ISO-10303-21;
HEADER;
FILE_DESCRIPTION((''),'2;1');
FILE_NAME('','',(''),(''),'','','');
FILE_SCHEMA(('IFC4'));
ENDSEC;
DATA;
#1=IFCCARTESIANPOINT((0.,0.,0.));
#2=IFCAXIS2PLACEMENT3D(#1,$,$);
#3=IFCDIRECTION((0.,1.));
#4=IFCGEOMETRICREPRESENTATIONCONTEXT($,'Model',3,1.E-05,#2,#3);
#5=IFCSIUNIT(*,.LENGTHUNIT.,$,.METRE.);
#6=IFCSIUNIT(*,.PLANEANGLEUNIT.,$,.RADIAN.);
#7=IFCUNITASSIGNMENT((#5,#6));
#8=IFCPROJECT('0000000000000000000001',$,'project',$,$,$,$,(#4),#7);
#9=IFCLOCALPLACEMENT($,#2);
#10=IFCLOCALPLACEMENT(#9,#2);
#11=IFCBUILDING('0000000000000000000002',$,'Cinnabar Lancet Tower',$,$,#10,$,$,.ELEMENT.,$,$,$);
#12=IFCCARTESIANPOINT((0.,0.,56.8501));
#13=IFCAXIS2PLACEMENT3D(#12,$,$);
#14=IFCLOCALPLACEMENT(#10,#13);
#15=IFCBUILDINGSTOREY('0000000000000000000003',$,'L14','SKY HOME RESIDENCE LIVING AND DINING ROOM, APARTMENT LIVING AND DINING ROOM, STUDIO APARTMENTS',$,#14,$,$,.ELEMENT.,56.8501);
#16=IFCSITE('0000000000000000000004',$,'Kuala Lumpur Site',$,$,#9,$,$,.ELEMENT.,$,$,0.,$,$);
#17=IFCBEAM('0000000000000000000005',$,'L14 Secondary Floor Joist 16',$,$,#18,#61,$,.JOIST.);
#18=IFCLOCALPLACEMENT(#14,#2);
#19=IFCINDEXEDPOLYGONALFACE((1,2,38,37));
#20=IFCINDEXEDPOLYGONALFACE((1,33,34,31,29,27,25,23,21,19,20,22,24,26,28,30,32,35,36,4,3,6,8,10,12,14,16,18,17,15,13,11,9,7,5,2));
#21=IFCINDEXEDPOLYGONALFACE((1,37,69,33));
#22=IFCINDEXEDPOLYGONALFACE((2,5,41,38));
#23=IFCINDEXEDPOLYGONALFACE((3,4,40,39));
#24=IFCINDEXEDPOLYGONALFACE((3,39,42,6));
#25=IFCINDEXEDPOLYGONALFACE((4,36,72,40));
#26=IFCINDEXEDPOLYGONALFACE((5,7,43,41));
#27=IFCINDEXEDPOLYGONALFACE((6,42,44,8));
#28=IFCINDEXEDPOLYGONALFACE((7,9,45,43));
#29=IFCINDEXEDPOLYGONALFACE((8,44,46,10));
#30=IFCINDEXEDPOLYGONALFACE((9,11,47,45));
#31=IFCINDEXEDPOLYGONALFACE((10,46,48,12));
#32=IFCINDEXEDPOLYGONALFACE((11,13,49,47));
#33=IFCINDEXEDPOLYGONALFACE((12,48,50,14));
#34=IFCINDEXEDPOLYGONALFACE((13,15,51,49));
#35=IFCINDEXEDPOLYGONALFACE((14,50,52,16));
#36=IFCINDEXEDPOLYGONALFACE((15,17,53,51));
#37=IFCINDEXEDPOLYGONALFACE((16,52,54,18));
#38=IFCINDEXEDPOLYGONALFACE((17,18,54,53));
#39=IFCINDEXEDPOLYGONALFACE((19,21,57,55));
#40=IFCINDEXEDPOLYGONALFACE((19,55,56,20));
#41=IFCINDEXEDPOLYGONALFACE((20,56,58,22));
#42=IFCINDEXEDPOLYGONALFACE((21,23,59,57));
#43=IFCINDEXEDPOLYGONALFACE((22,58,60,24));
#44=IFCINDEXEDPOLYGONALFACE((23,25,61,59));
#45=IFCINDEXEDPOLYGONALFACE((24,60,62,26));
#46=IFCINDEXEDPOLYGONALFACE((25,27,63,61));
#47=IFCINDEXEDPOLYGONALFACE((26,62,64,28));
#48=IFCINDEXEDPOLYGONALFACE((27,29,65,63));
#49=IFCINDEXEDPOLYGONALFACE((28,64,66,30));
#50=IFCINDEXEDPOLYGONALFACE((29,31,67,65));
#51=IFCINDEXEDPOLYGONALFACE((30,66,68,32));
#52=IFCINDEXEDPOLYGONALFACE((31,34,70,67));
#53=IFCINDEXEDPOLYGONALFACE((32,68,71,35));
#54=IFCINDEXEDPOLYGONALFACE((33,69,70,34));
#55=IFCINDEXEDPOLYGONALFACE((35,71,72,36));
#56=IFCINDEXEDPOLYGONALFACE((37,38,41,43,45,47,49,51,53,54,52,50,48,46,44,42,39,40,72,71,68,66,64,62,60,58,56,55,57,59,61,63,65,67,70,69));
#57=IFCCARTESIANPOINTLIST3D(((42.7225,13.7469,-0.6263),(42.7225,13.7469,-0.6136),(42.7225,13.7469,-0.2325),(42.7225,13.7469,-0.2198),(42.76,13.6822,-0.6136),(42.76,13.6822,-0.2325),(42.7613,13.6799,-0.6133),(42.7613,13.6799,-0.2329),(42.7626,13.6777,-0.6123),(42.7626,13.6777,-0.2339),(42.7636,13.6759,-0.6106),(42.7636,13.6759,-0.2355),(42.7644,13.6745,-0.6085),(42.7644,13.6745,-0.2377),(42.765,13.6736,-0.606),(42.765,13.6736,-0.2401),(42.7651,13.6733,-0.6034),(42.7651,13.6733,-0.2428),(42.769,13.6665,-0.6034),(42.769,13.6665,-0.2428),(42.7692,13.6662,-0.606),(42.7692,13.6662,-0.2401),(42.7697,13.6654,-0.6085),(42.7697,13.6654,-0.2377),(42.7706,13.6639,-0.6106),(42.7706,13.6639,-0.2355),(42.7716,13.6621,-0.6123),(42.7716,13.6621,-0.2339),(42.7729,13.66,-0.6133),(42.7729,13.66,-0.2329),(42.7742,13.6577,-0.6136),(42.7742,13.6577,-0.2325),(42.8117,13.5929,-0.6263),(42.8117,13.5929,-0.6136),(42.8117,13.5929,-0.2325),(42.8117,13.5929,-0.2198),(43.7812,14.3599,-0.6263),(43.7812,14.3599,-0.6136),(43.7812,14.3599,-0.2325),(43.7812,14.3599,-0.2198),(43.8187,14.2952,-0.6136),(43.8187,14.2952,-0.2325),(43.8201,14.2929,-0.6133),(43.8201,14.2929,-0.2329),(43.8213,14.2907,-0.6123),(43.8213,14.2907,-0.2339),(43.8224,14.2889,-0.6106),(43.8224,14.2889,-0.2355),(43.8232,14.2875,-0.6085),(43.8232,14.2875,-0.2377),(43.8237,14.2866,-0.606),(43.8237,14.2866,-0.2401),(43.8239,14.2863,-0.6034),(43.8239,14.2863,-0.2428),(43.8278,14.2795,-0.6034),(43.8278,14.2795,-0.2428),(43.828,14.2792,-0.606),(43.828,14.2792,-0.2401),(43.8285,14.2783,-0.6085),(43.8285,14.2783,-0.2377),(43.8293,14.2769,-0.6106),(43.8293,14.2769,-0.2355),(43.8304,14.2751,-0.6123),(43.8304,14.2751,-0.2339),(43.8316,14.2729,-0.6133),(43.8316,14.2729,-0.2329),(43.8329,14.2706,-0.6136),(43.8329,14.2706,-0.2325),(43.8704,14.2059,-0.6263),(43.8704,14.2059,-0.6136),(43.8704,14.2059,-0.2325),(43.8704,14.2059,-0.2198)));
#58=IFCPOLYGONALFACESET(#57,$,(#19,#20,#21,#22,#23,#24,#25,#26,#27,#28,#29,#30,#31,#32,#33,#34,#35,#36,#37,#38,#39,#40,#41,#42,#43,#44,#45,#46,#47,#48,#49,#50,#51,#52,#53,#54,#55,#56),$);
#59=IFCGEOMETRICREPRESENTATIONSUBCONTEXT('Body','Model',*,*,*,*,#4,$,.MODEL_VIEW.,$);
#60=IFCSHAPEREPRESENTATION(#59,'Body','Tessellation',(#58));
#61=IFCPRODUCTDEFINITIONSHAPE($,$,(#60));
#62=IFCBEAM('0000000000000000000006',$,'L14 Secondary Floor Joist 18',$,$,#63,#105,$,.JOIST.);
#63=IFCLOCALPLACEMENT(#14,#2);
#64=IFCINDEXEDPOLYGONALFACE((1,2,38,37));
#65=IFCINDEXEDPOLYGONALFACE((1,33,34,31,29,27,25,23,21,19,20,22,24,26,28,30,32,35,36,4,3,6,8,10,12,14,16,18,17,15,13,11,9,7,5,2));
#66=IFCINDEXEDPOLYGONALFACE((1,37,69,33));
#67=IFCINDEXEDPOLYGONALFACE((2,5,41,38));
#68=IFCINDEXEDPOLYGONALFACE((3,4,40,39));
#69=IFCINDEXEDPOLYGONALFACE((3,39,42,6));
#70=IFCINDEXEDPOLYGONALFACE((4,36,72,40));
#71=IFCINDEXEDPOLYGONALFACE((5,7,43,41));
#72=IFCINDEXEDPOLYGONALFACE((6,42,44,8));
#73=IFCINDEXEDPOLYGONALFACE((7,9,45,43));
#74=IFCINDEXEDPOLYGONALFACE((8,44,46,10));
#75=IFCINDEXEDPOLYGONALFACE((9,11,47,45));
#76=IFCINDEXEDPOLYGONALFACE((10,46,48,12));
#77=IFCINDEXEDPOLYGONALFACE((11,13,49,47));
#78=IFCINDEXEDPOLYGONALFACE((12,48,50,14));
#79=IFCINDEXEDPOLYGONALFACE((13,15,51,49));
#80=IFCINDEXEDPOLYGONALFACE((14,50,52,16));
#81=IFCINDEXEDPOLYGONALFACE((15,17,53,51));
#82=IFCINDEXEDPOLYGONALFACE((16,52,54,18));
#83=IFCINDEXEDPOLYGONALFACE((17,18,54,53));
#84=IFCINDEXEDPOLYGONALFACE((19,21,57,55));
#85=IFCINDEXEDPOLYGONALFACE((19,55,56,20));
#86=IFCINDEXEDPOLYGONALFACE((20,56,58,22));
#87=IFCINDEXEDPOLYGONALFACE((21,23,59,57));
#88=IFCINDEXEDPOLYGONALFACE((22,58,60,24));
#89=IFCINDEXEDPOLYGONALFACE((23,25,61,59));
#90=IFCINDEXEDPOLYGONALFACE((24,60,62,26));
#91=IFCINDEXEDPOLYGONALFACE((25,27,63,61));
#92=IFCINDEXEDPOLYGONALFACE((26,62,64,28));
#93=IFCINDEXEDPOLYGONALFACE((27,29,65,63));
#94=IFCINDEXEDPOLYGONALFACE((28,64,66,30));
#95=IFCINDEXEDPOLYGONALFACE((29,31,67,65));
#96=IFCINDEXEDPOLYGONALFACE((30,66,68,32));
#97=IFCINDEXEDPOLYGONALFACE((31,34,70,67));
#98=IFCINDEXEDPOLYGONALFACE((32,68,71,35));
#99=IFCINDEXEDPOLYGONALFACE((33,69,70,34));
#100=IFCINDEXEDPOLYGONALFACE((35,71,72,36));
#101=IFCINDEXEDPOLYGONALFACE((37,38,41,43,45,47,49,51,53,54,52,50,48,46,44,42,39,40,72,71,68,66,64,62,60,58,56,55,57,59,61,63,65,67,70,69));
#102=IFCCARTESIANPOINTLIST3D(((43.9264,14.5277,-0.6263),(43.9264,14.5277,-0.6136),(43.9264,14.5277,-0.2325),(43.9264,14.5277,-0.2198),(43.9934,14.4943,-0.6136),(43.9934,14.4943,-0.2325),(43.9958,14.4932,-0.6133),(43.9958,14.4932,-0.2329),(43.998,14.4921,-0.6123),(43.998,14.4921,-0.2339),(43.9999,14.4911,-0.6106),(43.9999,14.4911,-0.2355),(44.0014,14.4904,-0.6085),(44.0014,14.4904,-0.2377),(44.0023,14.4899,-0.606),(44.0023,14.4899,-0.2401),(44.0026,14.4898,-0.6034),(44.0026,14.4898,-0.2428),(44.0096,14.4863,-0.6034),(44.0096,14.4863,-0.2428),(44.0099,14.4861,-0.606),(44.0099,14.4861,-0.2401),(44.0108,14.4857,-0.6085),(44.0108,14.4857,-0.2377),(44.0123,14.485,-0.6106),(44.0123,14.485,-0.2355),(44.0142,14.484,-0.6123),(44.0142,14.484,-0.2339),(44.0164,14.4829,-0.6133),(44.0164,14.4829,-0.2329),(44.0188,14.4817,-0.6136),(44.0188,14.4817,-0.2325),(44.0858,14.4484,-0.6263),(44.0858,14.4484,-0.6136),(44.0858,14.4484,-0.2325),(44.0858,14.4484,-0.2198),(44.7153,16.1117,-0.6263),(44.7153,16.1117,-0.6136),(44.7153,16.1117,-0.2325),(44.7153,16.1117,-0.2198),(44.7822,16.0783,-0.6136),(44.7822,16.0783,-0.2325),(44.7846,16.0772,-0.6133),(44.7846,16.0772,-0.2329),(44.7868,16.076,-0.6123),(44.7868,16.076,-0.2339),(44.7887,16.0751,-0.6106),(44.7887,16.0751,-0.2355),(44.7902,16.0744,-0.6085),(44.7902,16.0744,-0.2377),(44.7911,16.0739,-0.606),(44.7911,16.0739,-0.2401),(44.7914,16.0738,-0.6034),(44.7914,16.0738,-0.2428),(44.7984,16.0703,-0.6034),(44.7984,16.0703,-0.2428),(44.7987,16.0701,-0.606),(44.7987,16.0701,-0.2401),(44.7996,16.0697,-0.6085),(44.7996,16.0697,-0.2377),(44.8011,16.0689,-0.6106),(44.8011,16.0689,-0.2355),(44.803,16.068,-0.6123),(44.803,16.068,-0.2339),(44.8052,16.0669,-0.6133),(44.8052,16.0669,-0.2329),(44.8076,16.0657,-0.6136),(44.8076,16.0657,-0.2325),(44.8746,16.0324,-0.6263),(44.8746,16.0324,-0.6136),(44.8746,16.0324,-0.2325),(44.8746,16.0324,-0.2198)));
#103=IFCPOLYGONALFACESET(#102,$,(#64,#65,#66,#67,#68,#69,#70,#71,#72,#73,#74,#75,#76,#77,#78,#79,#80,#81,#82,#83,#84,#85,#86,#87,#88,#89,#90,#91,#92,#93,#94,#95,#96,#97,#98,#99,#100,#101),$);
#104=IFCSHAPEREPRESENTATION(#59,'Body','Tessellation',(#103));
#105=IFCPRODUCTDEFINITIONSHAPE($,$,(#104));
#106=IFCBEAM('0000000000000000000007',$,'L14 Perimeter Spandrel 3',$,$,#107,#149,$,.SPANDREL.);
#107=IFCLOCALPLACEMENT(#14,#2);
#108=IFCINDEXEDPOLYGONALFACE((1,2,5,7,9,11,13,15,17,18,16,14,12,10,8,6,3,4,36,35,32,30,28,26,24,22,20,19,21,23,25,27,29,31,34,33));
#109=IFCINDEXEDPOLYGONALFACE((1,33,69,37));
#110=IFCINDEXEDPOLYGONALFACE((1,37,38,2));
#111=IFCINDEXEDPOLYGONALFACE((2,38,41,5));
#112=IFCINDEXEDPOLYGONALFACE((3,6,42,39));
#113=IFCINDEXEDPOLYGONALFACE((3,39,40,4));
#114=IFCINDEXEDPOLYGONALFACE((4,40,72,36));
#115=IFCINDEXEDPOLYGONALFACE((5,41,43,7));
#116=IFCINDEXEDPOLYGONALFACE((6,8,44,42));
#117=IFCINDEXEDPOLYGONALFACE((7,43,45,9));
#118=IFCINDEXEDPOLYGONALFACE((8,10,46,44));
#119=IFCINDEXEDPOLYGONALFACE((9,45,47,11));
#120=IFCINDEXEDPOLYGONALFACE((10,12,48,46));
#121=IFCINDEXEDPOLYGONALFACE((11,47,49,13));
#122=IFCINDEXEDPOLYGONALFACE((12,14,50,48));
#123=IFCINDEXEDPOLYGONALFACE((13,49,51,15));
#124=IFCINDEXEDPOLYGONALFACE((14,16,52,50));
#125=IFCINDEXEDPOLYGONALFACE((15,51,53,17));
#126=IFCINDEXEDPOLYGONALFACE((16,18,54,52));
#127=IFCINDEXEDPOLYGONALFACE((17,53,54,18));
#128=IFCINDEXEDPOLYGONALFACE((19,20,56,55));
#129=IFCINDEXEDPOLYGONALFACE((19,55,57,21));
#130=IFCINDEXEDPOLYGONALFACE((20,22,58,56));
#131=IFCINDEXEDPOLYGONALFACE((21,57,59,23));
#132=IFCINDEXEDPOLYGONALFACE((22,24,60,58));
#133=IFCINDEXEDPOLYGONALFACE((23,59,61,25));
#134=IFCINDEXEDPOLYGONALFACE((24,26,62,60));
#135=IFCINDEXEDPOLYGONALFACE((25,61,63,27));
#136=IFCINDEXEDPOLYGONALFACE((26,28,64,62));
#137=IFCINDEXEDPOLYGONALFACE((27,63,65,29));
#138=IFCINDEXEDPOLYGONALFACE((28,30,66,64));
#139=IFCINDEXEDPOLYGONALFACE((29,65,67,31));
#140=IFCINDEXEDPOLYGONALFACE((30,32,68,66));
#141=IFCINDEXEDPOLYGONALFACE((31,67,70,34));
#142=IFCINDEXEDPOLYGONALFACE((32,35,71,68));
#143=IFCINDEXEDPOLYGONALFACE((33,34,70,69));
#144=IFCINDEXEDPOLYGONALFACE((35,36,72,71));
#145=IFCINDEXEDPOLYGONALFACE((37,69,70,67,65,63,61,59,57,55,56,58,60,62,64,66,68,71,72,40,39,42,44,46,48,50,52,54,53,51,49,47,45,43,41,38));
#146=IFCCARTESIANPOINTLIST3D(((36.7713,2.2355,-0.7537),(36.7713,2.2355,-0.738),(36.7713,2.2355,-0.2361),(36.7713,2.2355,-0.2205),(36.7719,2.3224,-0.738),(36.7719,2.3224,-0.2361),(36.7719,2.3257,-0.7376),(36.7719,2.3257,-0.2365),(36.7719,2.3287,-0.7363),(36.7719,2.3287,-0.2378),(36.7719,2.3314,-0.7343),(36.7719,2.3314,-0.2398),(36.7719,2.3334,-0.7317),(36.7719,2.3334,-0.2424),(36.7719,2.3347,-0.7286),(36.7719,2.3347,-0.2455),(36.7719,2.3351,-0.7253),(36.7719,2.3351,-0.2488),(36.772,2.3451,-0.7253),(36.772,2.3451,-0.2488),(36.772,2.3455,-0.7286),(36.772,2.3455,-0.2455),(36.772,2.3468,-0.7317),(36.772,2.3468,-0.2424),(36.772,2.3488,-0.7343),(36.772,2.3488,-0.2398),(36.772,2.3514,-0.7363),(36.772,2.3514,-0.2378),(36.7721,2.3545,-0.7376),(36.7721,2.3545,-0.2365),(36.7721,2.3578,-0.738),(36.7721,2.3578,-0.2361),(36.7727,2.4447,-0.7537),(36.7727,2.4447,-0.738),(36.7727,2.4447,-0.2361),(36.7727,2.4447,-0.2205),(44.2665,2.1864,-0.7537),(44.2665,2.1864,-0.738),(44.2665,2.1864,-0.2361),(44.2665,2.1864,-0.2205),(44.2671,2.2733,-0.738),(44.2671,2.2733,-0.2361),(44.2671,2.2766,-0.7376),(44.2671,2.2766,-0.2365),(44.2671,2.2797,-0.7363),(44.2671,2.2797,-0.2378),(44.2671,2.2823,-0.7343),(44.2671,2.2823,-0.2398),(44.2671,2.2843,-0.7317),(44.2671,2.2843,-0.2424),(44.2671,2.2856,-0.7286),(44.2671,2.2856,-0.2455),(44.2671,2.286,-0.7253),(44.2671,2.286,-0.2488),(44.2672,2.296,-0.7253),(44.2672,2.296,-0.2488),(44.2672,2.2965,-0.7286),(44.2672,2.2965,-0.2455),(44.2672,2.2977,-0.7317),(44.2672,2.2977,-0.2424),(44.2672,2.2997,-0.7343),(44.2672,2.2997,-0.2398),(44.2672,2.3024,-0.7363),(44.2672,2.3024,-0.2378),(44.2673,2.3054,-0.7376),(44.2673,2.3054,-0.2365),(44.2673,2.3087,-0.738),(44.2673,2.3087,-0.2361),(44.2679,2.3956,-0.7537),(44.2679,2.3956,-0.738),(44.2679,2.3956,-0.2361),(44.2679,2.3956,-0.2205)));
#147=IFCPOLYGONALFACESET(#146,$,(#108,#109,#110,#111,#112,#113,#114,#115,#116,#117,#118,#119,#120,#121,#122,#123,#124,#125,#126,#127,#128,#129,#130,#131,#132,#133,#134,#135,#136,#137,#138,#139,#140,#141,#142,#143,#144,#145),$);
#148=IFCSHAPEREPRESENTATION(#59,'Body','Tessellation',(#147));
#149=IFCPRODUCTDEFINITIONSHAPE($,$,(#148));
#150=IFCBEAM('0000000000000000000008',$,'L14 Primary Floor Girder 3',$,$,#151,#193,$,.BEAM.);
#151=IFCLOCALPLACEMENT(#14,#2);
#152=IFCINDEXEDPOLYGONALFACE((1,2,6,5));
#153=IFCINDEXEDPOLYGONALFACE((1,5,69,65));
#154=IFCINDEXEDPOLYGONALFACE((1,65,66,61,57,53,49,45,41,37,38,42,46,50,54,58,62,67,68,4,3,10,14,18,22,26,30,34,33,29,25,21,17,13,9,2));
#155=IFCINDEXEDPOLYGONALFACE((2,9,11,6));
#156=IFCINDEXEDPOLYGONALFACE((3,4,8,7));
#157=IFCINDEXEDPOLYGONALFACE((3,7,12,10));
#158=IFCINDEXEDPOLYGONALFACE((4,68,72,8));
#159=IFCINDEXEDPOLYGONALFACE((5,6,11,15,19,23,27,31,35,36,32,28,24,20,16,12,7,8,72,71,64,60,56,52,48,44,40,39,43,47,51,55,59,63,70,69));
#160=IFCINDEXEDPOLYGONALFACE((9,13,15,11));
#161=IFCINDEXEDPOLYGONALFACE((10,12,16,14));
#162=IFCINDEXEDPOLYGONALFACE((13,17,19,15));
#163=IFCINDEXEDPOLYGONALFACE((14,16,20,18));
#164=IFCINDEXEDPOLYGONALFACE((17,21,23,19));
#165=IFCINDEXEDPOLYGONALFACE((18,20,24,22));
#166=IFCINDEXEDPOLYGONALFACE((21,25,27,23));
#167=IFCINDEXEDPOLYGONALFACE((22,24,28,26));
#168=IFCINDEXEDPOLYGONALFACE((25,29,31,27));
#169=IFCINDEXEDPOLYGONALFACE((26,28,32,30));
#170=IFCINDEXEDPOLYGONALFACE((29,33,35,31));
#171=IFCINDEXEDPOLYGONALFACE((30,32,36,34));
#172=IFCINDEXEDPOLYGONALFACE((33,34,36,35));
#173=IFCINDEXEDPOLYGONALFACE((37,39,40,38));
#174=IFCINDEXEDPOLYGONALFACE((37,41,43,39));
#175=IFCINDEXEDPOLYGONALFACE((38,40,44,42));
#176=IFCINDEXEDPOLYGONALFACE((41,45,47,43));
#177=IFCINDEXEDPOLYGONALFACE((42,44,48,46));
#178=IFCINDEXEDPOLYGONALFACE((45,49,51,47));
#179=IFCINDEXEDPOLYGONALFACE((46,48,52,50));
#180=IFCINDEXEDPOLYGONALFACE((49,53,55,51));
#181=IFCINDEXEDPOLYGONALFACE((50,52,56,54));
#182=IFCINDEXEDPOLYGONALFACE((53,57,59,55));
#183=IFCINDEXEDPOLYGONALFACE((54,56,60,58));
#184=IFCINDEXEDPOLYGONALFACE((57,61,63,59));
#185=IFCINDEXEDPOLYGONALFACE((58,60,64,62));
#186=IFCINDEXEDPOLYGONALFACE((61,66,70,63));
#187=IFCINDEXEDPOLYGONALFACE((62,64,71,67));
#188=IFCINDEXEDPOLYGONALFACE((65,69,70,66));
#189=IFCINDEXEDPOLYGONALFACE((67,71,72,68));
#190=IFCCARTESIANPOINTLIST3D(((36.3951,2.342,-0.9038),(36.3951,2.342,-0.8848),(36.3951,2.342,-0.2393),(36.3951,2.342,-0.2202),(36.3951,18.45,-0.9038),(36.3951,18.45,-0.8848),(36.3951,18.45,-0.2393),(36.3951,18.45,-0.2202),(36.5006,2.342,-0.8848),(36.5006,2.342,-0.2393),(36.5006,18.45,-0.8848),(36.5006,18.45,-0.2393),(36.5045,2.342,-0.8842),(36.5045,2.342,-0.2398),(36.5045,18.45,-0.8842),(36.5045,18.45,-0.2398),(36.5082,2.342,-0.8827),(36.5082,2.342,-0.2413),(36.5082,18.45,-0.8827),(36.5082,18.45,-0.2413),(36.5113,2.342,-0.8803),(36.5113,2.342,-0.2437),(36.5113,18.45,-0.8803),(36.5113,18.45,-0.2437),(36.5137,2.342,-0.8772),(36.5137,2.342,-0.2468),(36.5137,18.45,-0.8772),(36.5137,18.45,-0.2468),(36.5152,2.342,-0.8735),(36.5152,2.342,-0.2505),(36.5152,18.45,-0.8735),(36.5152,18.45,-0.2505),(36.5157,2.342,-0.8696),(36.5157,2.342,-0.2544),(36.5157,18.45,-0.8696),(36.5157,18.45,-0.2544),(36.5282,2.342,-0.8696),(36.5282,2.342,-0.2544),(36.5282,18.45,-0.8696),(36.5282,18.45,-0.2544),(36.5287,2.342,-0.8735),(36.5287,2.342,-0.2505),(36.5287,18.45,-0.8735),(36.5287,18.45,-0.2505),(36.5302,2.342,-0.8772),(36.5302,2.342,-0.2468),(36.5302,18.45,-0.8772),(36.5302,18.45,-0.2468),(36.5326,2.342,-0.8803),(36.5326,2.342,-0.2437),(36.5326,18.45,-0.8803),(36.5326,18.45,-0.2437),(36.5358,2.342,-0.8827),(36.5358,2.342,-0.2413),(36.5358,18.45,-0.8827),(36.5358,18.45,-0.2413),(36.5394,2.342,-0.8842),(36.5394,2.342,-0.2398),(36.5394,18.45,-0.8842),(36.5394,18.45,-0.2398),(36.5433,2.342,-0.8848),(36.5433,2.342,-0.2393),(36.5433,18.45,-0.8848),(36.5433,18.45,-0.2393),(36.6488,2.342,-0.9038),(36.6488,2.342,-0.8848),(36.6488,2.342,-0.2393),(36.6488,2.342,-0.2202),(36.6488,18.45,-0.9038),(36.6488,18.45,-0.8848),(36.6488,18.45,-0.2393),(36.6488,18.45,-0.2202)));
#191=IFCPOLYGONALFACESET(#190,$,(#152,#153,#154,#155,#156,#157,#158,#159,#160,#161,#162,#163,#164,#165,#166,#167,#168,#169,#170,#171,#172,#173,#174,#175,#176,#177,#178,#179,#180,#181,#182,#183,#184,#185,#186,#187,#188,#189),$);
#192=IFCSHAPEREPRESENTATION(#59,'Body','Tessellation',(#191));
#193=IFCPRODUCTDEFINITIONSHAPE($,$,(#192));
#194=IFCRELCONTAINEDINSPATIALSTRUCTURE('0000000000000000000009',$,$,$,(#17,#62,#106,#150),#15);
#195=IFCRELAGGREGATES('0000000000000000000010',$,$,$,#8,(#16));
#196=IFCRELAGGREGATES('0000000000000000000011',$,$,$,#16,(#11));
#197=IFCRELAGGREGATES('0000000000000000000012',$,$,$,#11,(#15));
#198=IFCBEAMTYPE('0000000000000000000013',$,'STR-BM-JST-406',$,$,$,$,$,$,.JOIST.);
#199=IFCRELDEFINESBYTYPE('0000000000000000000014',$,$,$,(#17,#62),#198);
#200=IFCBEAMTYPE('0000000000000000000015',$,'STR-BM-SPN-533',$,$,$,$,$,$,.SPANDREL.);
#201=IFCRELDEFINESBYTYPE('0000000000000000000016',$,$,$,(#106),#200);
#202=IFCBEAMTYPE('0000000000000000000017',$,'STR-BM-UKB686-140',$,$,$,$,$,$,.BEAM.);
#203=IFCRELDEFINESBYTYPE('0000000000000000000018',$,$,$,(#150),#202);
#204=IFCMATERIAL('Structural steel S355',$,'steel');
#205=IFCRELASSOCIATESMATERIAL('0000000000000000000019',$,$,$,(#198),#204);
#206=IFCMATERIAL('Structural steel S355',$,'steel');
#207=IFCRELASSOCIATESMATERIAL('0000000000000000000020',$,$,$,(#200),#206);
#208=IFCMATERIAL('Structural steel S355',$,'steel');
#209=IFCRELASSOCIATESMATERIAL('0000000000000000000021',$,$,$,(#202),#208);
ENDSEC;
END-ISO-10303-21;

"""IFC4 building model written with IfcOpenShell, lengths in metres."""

from ifc_helpers import new_model, si_unit, direction, frame, origin, origin_2d, place, context, subcontext, project, spatial, i_section, extrude, material, material_profile, profile_set, type_object, element, save


model = new_model("IFC4")

# Units and contexts
model_context = context("Model", 3, precision=1e-05, world=origin(), true_north=direction((0.0, 1.0)))
body_context = subcontext(model_context, "Body", "Model", "MODEL_VIEW")
ifc_project = project(units=[si_unit("LENGTHUNIT", "METRE"), si_unit("PLANEANGLEUNIT", "RADIAN")], contexts=[model_context])

# Site, building, storey
site_placement = place(None, origin())
site = spatial("IfcSite", under=ifc_project, at=site_placement, Name="Kuala Lumpur Site", CompositionType="ELEMENT", RefElevation=0.0)
building_placement = place(site_placement, origin())
building = spatial("IfcBuilding", under=site, at=building_placement, Name="Cinnabar Lancet Tower", CompositionType="ELEMENT")
storey_placement = place(building_placement, frame((0.0, 0.0, 56.8501)))
storey = spatial("IfcBuildingStorey", under=building, at=storey_placement, Name="L14", Description="SKY HOME RESIDENCE LIVING AND DINING ROOM, APARTMENT LIVING AND DINING ROOM, STUDIO APARTMENTS", CompositionType="ELEMENT", Elevation=56.8501)

# Beams
ifc_material_1 = material(Name="Structural steel S355", Category="steel")
ifc_material_profile_1 = material_profile(ifc_material_1, i_section(OverallWidth=0.178, OverallDepth=0.4065, WebThickness=0.0078, FlangeThickness=0.0127, FilletRadius=0.0103, at=origin_2d()), Name="UKB 406x178x60")
ifc_profile_set_1 = profile_set([ifc_material_profile_1], Name="Structural steel S355")
beam_type_1 = type_object("IfcBeamType", Name="STR-BM-JST-406", PredefinedType="JOIST", material=ifc_profile_set_1)
beam_1_placement = place(storey_placement, frame((42.7671, 13.6699, -0.4231), z_axis=(0.865417, 0.501052, 0.0), x_axis=(-0.501052, 0.865417, 0.0)))
element("IfcBeam", 1, at=beam_1_placement, inside=storey, type_object=beam_type_1, Name="L14 Secondary Floor Joist 16", PredefinedType="JOIST", context=body_context, shape_type="SweptSolid", body=[
    extrude(i_section(OverallWidth=0.178, OverallDepth=0.4065, WebThickness=0.0078, FlangeThickness=0.0127, FilletRadius=0.0103, at=origin_2d()), origin(), (0.0, 0.0, 1.0), 1.2234),
])
beam_2_placement = place(storey_placement, frame((44.0061, 14.488, -0.4231), z_axis=(0.445778, 0.895143, 0.0), x_axis=(-0.895143, 0.445778, 0.0)))
element("IfcBeam", 2, at=beam_2_placement, inside=storey, type_object=beam_type_1, Name="L14 Secondary Floor Joist 18", PredefinedType="JOIST", context=body_context, shape_type="SweptSolid", body=[
    extrude(i_section(OverallWidth=0.178, OverallDepth=0.4065, WebThickness=0.0078, FlangeThickness=0.0127, FilletRadius=0.0103, at=origin_2d()), origin(), (0.0, 0.0, 1.0), 1.7695),
])
ifc_material_2 = material(Name="Structural steel S355", Category="steel")
ifc_material_profile_2 = material_profile(ifc_material_2, i_section(OverallWidth=0.2092, OverallDepth=0.5332, WebThickness=0.01, FlangeThickness=0.0156, FilletRadius=0.0127, at=origin_2d()), Name="UKB 533x210x92")
ifc_profile_set_2 = profile_set([ifc_material_profile_2], Name="Structural steel S355")
beam_type_2 = type_object("IfcBeamType", Name="STR-BM-SPN-533", PredefinedType="SPANDREL", material=ifc_profile_set_2)
beam_3_placement = place(storey_placement, frame((36.772, 2.3401, -0.4871), z_axis=(0.999979, -0.006547, 0.0), x_axis=(0.006547, 0.999979, 0.0)))
element("IfcBeam", 3, at=beam_3_placement, inside=storey, type_object=beam_type_2, Name="L14 Perimeter Spandrel 3", PredefinedType="SPANDREL", context=body_context, shape_type="SweptSolid", body=[
    extrude(i_section(OverallWidth=0.2092, OverallDepth=0.5332, WebThickness=0.01, FlangeThickness=0.0156, FilletRadius=0.0127, at=origin_2d()), origin(), (0.0, 0.0, 1.0), 7.4954),
])
ifc_material_3 = material(Name="Structural steel S355", Category="steel")
ifc_material_profile_3 = material_profile(ifc_material_3, i_section(OverallWidth=0.2537, OverallDepth=0.6836, WebThickness=0.0125, FlangeThickness=0.019, FilletRadius=0.0151, at=origin_2d()), Name="UKB 686x254x140")
ifc_profile_set_3 = profile_set([ifc_material_profile_3], Name="Structural steel S355")
beam_type_3 = type_object("IfcBeamType", Name="STR-BM-UKB686-140", PredefinedType="BEAM", material=ifc_profile_set_3)
beam_4_placement = place(storey_placement, frame((36.522, 2.342, -0.562), z_axis=(0.0, 1.0, 0.0), x_axis=(-1.0, 0.0, 0.0)))
element("IfcBeam", 4, at=beam_4_placement, inside=storey, type_object=beam_type_3, Name="L14 Primary Floor Girder 3", PredefinedType="BEAM", context=body_context, shape_type="SweptSolid", body=[
    extrude(i_section(OverallWidth=0.2537, OverallDepth=0.6836, WebThickness=0.0125, FlangeThickness=0.019, FilletRadius=0.0151, at=origin_2d()), origin(), (0.0, 0.0, 1.0), 16.1079),
])

save(model, "model.ifc")
